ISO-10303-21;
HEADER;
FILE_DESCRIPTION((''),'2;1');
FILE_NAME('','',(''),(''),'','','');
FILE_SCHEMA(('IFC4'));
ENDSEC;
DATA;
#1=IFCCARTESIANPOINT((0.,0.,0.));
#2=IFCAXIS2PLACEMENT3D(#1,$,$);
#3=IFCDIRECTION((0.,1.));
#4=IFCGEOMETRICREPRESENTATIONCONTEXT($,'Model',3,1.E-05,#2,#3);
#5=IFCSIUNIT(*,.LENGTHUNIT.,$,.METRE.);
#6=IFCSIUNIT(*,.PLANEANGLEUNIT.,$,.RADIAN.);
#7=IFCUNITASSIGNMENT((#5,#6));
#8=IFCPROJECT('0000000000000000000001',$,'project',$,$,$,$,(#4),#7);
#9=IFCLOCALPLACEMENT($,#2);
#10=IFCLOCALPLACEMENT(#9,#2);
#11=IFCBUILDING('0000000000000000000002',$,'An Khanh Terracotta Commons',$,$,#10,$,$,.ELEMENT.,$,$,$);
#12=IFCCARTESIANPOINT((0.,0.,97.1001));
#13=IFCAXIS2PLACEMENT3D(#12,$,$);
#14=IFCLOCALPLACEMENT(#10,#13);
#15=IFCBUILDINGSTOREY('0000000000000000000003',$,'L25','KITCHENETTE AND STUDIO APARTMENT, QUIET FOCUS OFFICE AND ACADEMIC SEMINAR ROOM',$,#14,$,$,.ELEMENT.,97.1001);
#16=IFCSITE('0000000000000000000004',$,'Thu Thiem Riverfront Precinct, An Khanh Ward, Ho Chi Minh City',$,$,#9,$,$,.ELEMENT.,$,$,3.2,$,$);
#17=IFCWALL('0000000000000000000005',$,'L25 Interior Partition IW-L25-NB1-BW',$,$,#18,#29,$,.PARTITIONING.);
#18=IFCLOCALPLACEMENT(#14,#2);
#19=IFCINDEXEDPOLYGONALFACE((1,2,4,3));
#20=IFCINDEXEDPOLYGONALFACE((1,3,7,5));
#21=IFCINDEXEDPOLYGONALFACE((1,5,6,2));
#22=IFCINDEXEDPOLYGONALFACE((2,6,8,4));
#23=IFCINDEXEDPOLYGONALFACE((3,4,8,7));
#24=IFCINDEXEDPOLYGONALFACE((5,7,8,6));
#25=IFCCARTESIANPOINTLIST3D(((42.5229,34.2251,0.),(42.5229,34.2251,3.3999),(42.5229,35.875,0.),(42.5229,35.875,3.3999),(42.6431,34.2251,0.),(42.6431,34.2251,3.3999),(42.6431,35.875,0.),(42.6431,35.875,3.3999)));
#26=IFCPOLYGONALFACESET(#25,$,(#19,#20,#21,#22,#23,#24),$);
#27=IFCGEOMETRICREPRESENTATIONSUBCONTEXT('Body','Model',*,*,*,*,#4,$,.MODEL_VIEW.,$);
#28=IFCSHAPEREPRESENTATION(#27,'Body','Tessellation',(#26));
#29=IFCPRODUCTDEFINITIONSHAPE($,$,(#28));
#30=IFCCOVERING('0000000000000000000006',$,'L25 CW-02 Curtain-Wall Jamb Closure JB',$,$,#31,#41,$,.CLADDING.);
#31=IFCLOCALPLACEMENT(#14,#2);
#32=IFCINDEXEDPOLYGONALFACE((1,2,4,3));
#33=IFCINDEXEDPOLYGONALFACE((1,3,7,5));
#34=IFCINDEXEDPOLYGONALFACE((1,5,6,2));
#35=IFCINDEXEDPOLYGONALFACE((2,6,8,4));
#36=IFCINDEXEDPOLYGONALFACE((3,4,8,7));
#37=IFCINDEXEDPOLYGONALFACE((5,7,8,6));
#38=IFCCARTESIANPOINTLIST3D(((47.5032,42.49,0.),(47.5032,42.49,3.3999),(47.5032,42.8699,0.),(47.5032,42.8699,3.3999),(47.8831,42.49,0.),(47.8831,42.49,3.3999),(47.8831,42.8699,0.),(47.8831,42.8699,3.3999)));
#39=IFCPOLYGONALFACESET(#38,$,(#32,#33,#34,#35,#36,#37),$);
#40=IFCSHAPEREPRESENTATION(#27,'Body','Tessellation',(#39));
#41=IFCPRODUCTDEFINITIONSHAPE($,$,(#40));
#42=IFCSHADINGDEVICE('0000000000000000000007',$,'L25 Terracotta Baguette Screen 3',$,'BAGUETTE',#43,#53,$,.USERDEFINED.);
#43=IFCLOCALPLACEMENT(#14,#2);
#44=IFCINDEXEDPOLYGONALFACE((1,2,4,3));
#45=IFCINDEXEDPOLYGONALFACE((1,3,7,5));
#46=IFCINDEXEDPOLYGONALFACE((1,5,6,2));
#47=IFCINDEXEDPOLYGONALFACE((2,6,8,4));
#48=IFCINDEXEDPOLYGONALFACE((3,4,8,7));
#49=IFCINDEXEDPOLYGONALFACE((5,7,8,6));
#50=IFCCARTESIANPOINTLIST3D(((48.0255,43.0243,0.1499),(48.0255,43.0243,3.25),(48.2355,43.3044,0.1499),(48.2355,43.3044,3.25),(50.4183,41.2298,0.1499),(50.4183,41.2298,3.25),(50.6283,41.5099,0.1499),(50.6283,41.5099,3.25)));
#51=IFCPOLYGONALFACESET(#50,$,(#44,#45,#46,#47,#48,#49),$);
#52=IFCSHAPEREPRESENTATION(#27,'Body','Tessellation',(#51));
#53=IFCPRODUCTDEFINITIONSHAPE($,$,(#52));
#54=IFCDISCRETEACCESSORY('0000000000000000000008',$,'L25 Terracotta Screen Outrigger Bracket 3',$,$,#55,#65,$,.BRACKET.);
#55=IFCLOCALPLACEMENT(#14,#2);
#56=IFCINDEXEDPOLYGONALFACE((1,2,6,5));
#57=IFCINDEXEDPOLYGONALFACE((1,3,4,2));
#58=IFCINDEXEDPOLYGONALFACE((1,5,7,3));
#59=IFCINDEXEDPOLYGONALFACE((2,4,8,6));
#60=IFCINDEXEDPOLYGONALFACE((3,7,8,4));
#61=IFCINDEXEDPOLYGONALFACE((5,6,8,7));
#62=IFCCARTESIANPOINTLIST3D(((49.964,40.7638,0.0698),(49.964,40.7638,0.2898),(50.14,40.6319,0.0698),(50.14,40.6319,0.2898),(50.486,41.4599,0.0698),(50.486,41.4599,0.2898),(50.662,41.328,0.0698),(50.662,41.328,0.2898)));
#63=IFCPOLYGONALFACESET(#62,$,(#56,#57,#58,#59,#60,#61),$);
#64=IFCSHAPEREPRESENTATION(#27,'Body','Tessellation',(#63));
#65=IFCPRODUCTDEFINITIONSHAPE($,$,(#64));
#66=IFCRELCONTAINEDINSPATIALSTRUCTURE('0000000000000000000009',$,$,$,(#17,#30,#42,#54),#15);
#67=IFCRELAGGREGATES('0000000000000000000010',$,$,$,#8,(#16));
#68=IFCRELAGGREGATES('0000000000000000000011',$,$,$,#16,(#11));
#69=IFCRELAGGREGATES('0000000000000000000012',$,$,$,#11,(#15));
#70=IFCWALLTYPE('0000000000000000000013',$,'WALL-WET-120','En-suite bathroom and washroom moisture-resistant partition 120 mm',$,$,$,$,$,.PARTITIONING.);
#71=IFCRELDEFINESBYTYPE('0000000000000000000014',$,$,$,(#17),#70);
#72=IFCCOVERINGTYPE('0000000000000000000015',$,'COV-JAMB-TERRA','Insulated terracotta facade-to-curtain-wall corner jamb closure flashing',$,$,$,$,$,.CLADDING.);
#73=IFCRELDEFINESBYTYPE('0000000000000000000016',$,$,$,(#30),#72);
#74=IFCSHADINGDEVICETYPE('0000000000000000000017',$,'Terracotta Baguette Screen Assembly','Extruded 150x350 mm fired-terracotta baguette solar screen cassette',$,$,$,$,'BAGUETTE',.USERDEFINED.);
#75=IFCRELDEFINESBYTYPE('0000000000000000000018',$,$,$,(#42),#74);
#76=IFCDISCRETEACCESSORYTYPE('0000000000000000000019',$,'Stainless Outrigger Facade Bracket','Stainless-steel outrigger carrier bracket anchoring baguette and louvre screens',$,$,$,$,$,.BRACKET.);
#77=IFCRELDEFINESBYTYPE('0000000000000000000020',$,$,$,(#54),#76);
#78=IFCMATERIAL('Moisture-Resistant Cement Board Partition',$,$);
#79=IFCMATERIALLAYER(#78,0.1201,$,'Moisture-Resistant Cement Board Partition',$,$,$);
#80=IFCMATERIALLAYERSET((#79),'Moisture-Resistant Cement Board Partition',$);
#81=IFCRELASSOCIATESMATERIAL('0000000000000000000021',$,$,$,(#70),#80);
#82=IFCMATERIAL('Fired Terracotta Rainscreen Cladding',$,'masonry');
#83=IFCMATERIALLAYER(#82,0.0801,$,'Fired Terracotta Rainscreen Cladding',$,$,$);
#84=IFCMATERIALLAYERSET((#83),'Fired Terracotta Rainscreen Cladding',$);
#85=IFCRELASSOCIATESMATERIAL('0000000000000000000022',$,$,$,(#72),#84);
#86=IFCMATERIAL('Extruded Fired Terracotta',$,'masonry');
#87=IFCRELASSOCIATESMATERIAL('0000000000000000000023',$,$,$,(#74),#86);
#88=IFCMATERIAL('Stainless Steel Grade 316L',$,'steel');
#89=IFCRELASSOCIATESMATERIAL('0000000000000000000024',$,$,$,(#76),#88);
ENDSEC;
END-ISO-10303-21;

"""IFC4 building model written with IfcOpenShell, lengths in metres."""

from ifc_helpers import new_model, si_unit, direction, frame, frame_2d, origin, origin_2d, place, context, subcontext, project, spatial, rectangle, extrude, material, layer, layer_set, type_object, element, save


model = new_model("IFC4")

# Units and contexts
model_context = context("Model", 3, precision=1e-05, world=origin(), true_north=direction((0.0, 1.0)))
body_context = subcontext(model_context, "Body", "Model", "MODEL_VIEW")
ifc_project = project(units=[si_unit("LENGTHUNIT", "METRE"), si_unit("PLANEANGLEUNIT", "RADIAN")], contexts=[model_context])

# Site, building, storey
site_placement = place(None, origin())
site = spatial("IfcSite", under=ifc_project, at=site_placement, Name="Thu Thiem Riverfront Precinct, An Khanh Ward, Ho Chi Minh City", CompositionType="ELEMENT", RefElevation=3.2)
building_placement = place(site_placement, origin())
building = spatial("IfcBuilding", under=site, at=building_placement, Name="An Khanh Terracotta Commons", CompositionType="ELEMENT")
storey_placement = place(building_placement, frame((0.0, 0.0, 97.1001)))
storey = spatial("IfcBuildingStorey", under=building, at=storey_placement, Name="L25", Description="KITCHENETTE AND STUDIO APARTMENT, QUIET FOCUS OFFICE AND ACADEMIC SEMINAR ROOM", CompositionType="ELEMENT", Elevation=97.1001)

# Wall
ifc_material_1 = material(Name="Moisture-Resistant Cement Board Partition")
ifc_layer_1 = layer(ifc_material_1, 0.1201, Name="Moisture-Resistant Cement Board Partition")
ifc_layer_set_1 = layer_set([ifc_layer_1], Name="Moisture-Resistant Cement Board Partition")
wall_type_1 = type_object("IfcWallType", Name="WALL-WET-120", Description="En-suite bathroom and washroom moisture-resistant partition 120 mm", PredefinedType="PARTITIONING", material=ifc_layer_set_1)
wall_1_placement = place(storey_placement, frame((42.583, 35.875, 0.0), z_axis=(0.0, 0.0, 1.0), x_axis=(0.0, -1.0, 0.0)))
element("IfcWall", 1, at=wall_1_placement, inside=storey, type_object=wall_type_1, Name="L25 Interior Partition IW-L25-NB1-BW", PredefinedType="PARTITIONING", context=body_context, shape_type="SweptSolid", body=[
    extrude(rectangle(XDim=1.6499, YDim=0.1201, at=frame_2d((0.825, 0.0))), origin(), (0.0, 0.0, 1.0), 3.3999),
])

# Covering
ifc_material_2 = material(Name="Fired Terracotta Rainscreen Cladding", Category="masonry")
ifc_layer_2 = layer(ifc_material_2, 0.0801, Name="Fired Terracotta Rainscreen Cladding")
ifc_layer_set_2 = layer_set([ifc_layer_2], Name="Fired Terracotta Rainscreen Cladding")
covering_type = type_object("IfcCoveringType", Name="COV-JAMB-TERRA", Description="Insulated terracotta facade-to-curtain-wall corner jamb closure flashing", PredefinedType="CLADDING", material=ifc_layer_set_2)
covering_placement = place(storey_placement, frame((47.6931, 42.6799, 0.0), z_axis=(0.0, 0.0, 1.0), x_axis=(1.0, 0.0, 0.0)))
element("IfcCovering", 2, at=covering_placement, inside=storey, type_object=covering_type, Name="L25 CW-02 Curtain-Wall Jamb Closure JB", PredefinedType="CLADDING", context=body_context, shape_type="SweptSolid", body=[
    extrude(rectangle(XDim=0.3799, YDim=0.3799, at=origin_2d()), origin(), (0.0, 0.0, 1.0), 3.3999),
])

# Shading device
ifc_material_3 = material(Name="Extruded Fired Terracotta", Category="masonry")
shading_device_type = type_object("IfcShadingDeviceType", Name="Terracotta Baguette Screen Assembly", Description="Extruded 150x350 mm fired-terracotta baguette solar screen cassette", ElementType="BAGUETTE", PredefinedType="USERDEFINED", material=ifc_material_3)
shading_device_placement = place(storey_placement, frame((49.3269, 42.2671, 0.1499), z_axis=(0.0, 0.0, 1.0), x_axis=(-0.800013, 0.599983, 0.0)))
element("IfcShadingDevice", 3, at=shading_device_placement, inside=storey, type_object=shading_device_type, Name="L25 Terracotta Baguette Screen 3", ObjectType="BAGUETTE", PredefinedType="USERDEFINED", context=body_context, shape_type="SweptSolid", body=[
    extrude(rectangle(XDim=2.991, YDim=0.3501, at=origin_2d()), origin(), (0.0, 0.0, 1.0), 3.1001),
])

# Discrete accessory
ifc_material_4 = material(Name="Stainless Steel Grade 316L", Category="steel")
discrete_accessory_type = type_object("IfcDiscreteAccessoryType", Name="Stainless Outrigger Facade Bracket", Description="Stainless-steel outrigger carrier bracket anchoring baguette and louvre screens", PredefinedType="BRACKET", material=ifc_material_4)
discrete_accessory_placement = place(storey_placement, frame((50.313, 41.0459, 0.0698), z_axis=(0.0, 0.0, 1.0), x_axis=(-0.800013, 0.599983, 0.0)))
element("IfcDiscreteAccessory", 4, at=discrete_accessory_placement, inside=storey, type_object=discrete_accessory_type, Name="L25 Terracotta Screen Outrigger Bracket 3", PredefinedType="BRACKET", context=body_context, shape_type="SweptSolid", body=[
    extrude(rectangle(XDim=0.22, YDim=0.8701, at=origin_2d()), origin(), (0.0, 0.0, 1.0), 0.22),
])

save(model, "model.ifc")
